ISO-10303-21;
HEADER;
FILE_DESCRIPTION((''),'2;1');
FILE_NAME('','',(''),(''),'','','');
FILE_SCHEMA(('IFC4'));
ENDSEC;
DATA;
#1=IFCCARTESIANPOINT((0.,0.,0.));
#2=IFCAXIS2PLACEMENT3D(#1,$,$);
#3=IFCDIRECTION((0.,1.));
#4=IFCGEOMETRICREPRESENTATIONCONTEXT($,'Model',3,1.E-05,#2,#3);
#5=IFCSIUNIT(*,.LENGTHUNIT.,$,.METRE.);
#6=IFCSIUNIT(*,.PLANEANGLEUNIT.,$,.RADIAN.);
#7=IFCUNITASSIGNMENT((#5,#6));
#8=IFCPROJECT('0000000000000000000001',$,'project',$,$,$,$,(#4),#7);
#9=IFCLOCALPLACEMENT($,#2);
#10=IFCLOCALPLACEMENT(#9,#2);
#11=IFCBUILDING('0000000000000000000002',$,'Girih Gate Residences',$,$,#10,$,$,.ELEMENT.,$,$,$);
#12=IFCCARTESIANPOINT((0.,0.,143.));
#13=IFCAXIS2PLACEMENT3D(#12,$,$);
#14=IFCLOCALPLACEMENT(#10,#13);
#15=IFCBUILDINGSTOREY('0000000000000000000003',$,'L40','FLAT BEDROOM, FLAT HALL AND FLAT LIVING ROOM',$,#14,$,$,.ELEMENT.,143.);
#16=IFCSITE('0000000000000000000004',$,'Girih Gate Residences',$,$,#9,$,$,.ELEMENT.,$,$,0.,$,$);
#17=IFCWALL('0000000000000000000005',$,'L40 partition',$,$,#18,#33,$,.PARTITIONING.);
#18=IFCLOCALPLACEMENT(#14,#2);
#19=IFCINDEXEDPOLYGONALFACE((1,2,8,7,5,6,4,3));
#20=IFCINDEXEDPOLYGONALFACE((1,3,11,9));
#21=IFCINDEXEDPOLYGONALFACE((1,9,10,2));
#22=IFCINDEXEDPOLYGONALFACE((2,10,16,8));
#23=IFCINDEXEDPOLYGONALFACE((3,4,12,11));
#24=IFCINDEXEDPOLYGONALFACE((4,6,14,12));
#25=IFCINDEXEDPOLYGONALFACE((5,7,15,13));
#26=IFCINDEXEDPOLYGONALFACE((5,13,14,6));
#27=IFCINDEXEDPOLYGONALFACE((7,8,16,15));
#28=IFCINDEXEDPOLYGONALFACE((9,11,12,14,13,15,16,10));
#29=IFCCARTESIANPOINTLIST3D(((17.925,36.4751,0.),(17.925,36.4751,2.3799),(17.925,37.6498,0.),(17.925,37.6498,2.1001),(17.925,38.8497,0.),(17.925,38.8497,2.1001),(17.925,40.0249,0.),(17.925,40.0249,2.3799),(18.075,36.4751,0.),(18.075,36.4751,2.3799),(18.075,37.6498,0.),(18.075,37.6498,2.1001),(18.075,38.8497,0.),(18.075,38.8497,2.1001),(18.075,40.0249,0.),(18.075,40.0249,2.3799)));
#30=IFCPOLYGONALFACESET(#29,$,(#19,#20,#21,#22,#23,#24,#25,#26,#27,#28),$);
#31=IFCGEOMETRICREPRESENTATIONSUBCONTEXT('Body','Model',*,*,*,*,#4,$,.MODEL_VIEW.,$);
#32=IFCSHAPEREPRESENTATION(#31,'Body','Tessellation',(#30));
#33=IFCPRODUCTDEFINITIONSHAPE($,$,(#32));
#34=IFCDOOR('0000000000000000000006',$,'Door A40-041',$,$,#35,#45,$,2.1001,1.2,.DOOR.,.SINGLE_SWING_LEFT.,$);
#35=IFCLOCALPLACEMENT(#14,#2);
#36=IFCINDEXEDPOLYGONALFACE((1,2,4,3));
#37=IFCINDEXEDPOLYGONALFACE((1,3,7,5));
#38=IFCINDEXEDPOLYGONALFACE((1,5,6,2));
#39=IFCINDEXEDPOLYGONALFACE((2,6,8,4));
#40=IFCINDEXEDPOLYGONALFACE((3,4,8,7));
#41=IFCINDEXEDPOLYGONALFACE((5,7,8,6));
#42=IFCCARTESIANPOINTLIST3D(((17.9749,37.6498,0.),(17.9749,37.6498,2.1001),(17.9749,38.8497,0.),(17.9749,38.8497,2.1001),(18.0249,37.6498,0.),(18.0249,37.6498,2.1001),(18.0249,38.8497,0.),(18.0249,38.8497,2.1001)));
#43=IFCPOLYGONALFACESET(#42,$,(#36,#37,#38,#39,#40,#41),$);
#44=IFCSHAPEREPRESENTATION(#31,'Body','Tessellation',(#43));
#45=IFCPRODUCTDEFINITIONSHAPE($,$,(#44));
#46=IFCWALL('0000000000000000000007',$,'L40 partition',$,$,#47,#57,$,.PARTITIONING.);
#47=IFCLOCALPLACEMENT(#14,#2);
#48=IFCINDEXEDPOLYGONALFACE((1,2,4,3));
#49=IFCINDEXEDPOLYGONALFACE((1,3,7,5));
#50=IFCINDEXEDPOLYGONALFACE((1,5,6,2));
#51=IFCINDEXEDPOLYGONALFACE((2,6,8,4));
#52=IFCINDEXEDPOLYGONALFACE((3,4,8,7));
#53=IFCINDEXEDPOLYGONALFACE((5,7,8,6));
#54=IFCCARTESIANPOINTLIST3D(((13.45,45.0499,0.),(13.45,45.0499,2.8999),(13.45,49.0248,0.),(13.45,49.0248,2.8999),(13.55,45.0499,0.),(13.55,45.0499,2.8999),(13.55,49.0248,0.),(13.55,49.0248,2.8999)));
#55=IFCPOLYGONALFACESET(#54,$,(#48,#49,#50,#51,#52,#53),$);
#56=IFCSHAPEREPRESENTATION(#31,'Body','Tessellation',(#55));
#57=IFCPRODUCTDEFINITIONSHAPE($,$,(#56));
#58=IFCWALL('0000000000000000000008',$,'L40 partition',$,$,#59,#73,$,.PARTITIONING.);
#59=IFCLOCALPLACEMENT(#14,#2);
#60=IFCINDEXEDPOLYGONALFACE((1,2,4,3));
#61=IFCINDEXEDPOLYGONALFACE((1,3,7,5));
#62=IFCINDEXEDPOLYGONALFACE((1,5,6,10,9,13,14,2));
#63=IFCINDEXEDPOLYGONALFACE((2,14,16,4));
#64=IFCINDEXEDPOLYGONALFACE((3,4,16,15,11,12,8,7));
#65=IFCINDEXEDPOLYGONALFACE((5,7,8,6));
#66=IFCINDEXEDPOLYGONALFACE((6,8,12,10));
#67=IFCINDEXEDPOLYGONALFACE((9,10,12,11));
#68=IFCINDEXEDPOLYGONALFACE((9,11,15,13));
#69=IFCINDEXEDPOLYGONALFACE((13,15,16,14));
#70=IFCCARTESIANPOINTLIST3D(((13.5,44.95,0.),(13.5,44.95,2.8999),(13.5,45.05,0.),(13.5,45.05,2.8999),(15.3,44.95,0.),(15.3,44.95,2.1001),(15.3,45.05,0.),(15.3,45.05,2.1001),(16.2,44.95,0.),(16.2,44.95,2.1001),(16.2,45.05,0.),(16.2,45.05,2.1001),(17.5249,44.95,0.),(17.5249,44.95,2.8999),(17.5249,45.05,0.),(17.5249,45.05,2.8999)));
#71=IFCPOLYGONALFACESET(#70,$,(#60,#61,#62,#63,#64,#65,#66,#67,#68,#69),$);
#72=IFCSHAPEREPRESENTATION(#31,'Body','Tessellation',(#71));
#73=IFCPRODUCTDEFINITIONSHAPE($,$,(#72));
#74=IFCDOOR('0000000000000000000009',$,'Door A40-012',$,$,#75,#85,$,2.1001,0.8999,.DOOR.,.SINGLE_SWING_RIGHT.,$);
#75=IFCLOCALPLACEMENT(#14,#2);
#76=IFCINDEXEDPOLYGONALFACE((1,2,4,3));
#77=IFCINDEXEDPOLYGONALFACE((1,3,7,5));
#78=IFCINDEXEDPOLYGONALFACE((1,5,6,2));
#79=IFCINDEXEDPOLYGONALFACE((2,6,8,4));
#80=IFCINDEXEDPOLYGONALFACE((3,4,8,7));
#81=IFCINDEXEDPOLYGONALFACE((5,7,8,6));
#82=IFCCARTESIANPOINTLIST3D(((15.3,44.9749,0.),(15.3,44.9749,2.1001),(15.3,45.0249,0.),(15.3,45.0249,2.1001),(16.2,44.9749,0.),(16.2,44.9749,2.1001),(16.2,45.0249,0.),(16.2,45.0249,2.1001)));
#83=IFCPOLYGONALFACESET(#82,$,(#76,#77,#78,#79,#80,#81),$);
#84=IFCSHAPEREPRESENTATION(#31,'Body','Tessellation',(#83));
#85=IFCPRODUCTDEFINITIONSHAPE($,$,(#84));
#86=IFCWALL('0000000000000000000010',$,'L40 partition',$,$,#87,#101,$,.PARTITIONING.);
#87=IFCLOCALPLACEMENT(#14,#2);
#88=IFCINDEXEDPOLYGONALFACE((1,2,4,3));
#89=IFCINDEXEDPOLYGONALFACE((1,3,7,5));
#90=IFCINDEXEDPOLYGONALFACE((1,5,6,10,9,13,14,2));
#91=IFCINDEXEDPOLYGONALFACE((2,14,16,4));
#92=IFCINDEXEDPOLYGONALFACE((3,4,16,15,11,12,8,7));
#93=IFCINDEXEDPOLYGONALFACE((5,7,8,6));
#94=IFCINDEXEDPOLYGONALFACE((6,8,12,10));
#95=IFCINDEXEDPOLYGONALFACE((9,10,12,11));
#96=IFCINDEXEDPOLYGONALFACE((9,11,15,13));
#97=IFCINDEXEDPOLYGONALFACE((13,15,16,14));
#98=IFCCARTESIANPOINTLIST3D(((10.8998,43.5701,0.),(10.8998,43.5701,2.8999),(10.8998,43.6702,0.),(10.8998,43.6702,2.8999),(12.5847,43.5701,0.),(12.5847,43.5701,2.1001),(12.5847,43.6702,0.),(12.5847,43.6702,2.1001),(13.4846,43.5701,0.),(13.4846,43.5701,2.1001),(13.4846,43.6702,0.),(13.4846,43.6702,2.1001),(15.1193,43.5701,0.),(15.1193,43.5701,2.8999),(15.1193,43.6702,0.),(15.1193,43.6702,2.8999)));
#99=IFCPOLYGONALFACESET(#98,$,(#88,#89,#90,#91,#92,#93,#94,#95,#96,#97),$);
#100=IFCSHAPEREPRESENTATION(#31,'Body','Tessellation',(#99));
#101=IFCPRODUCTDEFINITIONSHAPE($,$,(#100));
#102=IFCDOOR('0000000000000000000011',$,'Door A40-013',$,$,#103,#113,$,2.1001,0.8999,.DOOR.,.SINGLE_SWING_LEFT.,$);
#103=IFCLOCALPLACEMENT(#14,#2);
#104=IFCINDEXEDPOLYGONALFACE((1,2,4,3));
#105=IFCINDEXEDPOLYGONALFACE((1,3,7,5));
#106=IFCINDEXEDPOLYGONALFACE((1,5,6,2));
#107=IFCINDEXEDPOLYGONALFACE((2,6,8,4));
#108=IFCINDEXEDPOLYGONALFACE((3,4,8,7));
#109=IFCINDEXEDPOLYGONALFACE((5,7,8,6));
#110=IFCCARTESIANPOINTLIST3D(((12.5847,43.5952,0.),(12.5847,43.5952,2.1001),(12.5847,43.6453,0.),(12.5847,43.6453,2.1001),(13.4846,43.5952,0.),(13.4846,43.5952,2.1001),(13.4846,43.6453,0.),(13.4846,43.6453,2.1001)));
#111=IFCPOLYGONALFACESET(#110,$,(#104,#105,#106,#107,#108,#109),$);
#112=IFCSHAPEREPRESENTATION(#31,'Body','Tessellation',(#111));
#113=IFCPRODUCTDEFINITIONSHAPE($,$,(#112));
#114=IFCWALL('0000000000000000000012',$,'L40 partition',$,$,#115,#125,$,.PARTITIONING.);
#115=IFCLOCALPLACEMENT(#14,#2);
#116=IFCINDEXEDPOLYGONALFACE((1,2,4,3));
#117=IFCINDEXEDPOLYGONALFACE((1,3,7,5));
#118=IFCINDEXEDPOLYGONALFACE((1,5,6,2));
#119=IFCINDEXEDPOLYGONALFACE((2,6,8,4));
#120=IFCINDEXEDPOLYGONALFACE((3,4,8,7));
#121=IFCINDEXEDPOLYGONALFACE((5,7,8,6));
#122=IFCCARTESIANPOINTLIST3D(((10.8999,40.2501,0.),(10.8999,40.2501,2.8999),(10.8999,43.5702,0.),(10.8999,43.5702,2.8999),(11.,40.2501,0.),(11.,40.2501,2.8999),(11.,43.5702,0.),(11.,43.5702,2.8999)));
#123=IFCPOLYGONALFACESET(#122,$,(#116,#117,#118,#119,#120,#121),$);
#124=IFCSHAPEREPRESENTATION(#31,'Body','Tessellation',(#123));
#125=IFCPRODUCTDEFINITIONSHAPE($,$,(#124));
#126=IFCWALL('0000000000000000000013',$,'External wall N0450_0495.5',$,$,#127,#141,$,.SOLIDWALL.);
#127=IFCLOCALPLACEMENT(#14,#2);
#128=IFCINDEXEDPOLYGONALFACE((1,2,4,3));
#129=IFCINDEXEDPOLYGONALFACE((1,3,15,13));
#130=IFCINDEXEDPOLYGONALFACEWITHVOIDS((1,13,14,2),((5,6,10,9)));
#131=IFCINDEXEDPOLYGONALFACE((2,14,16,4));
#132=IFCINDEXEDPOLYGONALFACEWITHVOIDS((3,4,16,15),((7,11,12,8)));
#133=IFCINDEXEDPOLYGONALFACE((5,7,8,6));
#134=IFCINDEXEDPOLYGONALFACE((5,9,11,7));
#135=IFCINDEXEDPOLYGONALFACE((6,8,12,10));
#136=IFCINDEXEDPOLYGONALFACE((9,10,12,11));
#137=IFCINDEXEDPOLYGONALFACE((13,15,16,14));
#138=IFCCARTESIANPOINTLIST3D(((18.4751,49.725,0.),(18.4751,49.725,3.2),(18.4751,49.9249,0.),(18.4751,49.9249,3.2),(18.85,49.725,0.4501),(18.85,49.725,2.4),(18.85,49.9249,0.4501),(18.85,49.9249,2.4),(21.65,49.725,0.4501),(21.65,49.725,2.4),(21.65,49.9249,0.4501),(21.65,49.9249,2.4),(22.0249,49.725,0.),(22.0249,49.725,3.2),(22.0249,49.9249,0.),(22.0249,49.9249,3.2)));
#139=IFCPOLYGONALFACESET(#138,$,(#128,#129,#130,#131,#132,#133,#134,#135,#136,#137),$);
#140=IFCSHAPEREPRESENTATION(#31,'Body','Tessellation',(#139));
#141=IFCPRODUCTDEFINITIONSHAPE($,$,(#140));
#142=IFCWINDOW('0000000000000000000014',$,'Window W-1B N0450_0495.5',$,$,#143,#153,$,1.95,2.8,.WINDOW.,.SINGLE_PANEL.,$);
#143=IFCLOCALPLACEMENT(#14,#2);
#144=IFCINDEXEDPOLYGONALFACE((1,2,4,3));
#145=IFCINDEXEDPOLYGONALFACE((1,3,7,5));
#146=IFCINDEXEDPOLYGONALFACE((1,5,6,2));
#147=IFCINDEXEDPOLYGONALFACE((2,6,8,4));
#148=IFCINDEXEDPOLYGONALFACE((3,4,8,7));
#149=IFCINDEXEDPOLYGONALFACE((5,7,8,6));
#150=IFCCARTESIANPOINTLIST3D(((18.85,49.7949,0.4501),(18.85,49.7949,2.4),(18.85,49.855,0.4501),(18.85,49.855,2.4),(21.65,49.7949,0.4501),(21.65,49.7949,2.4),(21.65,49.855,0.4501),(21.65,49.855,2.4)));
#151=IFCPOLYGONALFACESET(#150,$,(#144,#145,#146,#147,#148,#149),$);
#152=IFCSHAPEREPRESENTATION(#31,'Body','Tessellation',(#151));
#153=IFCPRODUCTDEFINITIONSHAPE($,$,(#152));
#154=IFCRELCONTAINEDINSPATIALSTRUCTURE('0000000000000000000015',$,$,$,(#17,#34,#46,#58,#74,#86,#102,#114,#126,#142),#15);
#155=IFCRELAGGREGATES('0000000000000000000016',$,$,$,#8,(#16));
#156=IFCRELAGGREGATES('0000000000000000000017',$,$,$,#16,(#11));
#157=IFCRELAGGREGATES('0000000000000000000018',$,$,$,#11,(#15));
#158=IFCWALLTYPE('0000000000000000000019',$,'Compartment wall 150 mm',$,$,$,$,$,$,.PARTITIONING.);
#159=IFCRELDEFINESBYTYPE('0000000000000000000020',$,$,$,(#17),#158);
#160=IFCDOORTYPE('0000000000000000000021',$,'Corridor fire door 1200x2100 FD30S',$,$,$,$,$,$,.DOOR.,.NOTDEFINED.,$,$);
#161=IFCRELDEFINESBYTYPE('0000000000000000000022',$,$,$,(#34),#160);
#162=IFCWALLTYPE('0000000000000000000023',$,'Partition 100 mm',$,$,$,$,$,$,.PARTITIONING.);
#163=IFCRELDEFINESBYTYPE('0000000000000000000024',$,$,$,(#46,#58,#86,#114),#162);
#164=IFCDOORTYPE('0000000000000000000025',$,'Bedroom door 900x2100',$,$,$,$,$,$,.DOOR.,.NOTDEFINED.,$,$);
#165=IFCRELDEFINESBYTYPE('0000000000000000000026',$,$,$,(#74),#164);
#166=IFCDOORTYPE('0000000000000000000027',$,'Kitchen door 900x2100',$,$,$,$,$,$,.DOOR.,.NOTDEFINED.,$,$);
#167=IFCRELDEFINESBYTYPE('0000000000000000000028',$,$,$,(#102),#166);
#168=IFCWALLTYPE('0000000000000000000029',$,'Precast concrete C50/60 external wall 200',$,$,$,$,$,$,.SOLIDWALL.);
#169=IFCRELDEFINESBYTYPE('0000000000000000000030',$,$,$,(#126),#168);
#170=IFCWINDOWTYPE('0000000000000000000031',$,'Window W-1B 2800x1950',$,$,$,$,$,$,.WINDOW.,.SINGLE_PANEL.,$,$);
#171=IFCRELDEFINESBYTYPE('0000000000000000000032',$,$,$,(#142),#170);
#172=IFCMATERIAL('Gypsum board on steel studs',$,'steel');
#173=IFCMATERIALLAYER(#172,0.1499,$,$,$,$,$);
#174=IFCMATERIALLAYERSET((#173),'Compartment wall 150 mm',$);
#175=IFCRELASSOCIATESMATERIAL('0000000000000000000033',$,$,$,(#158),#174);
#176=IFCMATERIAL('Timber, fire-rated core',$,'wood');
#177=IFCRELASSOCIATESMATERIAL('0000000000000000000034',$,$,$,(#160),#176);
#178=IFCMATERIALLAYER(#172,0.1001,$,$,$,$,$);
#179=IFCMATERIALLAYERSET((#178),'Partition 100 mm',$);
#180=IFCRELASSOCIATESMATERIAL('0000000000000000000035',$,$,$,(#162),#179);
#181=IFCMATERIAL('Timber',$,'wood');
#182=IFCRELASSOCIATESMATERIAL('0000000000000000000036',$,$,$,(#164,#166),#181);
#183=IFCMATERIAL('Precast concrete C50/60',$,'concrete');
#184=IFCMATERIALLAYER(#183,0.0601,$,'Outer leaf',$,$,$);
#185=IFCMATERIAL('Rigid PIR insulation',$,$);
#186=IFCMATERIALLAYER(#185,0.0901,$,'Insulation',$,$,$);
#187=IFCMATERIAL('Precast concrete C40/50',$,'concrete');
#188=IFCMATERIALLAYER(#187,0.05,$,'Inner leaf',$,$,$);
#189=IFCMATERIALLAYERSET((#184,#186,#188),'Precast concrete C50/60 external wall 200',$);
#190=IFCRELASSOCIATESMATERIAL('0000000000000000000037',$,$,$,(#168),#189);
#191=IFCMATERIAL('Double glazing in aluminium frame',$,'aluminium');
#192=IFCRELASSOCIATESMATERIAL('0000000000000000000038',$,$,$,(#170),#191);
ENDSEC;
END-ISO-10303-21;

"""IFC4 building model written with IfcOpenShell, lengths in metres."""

from ifc_helpers import new_model, si_unit, direction, frame, frame_2d, origin, place, context, subcontext, project, spatial, rectangle, extrude, material, layer, layer_set, type_object, element, fill, save


model = new_model("IFC4")

# Units and contexts
model_context = context("Model", 3, precision=1e-05, world=origin(), true_north=direction((0.0, 1.0)))
body_context = subcontext(model_context, "Body", "Model", "MODEL_VIEW")
ifc_project = project(units=[si_unit("LENGTHUNIT", "METRE"), si_unit("PLANEANGLEUNIT", "RADIAN")], contexts=[model_context])

# Site, building, storey
site_placement = place(None, origin())
site = spatial("IfcSite", under=ifc_project, at=site_placement, Name="Girih Gate Residences", CompositionType="ELEMENT", RefElevation=0.0)
building_placement = place(site_placement, origin())
building = spatial("IfcBuilding", under=site, at=building_placement, Name="Girih Gate Residences", CompositionType="ELEMENT")
storey_placement = place(building_placement, frame((0.0, 0.0, 143.0)))
storey = spatial("IfcBuildingStorey", under=building, at=storey_placement, Name="L40", Description="FLAT BEDROOM, FLAT HALL AND FLAT LIVING ROOM", CompositionType="ELEMENT", Elevation=143.0)

# Shared definitions
ifc_material_1 = material(Name="Gypsum board on steel studs", Category="steel")
ifc_layer_1 = layer(ifc_material_1, 0.1499)
ifc_layer_set_1 = layer_set([ifc_layer_1], Name="Compartment wall 150 mm")
wall_type_1 = type_object("IfcWallType", Name="Compartment wall 150 mm", PredefinedType="PARTITIONING", material=ifc_layer_set_1)

# Wall, opening, door
ifc_material_2 = material(Name="Timber, fire-rated core", Category="wood")
wall_1_placement = place(storey_placement, frame((18.0, 40.0249, 0.0), z_axis=(0.0, 0.0, 1.0), x_axis=(0.0, -1.0, 0.0)))
wall_1 = element("IfcWall", 1, at=wall_1_placement, inside=storey, type_object=wall_type_1, Name="L40 partition", PredefinedType="PARTITIONING", context=body_context, shape_type="SweptSolid", body=[
    extrude(rectangle(XDim=3.5498, YDim=0.1499, at=frame_2d((1.7749, 0.0))), origin(), (0.0, 0.0, 1.0), 2.3799),
])
opening_1_placement = place(wall_1_placement, frame((1.175, 0.0, 0.0)))
opening_1 = element("IfcOpeningElement", 2, at=opening_1_placement, cuts=wall_1, PredefinedType="OPENING", context=body_context, shape_type="SweptSolid", body=[
    extrude(rectangle(XDim=1.2, YDim=2.1001, at=frame_2d((0.6001, 1.05))), frame((0.0, 0.085, 0.0), z_axis=(0.0, -1.0, 0.0), x_axis=(1.0, 0.0, 0.0)), (0.0, 0.0, 1.0), 0.1699),
])
door_type_1 = type_object("IfcDoorType", Name="Corridor fire door 1200x2100 FD30S", OperationType="NOTDEFINED", PredefinedType="DOOR", material=ifc_material_2)
door_1_placement = place(opening_1_placement, origin())
door_1 = element("IfcDoor", 3, at=door_1_placement, inside=storey, type_object=door_type_1, Name="Door A40-041", OperationType="SINGLE_SWING_LEFT", OverallHeight=2.1001, OverallWidth=1.2, PredefinedType="DOOR", context=body_context, shape_type="SweptSolid", body=[
    extrude(rectangle(XDim=1.2, YDim=2.1001, at=frame_2d((0.6001, 1.05))), frame((0.0, 0.0249, 0.0), z_axis=(0.0, -1.0, 0.0), x_axis=(1.0, 0.0, 0.0)), (0.0, 0.0, 1.0), 0.05),
])
fill(opening_1, door_1)

# Wall
ifc_layer_2 = layer(ifc_material_1, 0.1001)
ifc_layer_set_2 = layer_set([ifc_layer_2], Name="Partition 100 mm")
wall_type_2 = type_object("IfcWallType", Name="Partition 100 mm", PredefinedType="PARTITIONING", material=ifc_layer_set_2)
wall_2_placement = place(storey_placement, frame((13.5, 45.05, 0.0), z_axis=(0.0, 0.0, 1.0), x_axis=(0.0, 1.0, 0.0)))
element("IfcWall", 4, at=wall_2_placement, inside=storey, type_object=wall_type_2, Name="L40 partition", PredefinedType="PARTITIONING", context=body_context, shape_type="SweptSolid", body=[
    extrude(rectangle(XDim=3.9749, YDim=0.1001, at=frame_2d((1.9873, 0.0))), origin(), (0.0, 0.0, 1.0), 2.8999),
])

# Walls, openings, doors
wall_3_placement = place(storey_placement, frame((13.5, 45.0, 0.0), z_axis=(0.0, 0.0, 1.0), x_axis=(1.0, 0.0, 0.0)))
wall_3 = element("IfcWall", 5, at=wall_3_placement, inside=storey, type_object=wall_type_2, Name="L40 partition", PredefinedType="PARTITIONING", context=body_context, shape_type="SweptSolid", body=[
    extrude(rectangle(XDim=4.0249, YDim=0.1001, at=frame_2d((2.0125, 0.0))), origin(), (0.0, 0.0, 1.0), 2.8999),
])
opening_2_placement = place(wall_3_placement, frame((1.8, 0.0, 0.0)))
opening_2 = element("IfcOpeningElement", 6, at=opening_2_placement, cuts=wall_3, PredefinedType="OPENING", context=body_context, shape_type="SweptSolid", body=[
    extrude(rectangle(XDim=0.8999, YDim=2.1001, at=frame_2d((0.45, 1.05))), frame((0.0, 0.0601, 0.0), z_axis=(0.0, -1.0, 0.0), x_axis=(1.0, 0.0, 0.0)), (0.0, 0.0, 1.0), 0.1201),
])
ifc_material_3 = material(Name="Timber", Category="wood")
door_type_2 = type_object("IfcDoorType", Name="Bedroom door 900x2100", OperationType="NOTDEFINED", PredefinedType="DOOR", material=ifc_material_3)
door_2_placement = place(opening_2_placement, origin())
door_2 = element("IfcDoor", 7, at=door_2_placement, inside=storey, type_object=door_type_2, Name="Door A40-012", OperationType="SINGLE_SWING_RIGHT", OverallHeight=2.1001, OverallWidth=0.8999, PredefinedType="DOOR", context=body_context, shape_type="SweptSolid", body=[
    extrude(rectangle(XDim=0.8999, YDim=2.1001, at=frame_2d((0.45, 1.05))), frame((0.0, 0.0249, 0.0), z_axis=(0.0, -1.0, 0.0), x_axis=(1.0, 0.0, 0.0)), (0.0, 0.0, 1.0), 0.05),
])
fill(opening_2, door_2)
wall_4_placement = place(storey_placement, frame((15.1194, 43.6201, 0.0), z_axis=(0.0, 0.0, 1.0), x_axis=(-1.0, 0.0, 0.0)))
wall_4 = element("IfcWall", 8, at=wall_4_placement, inside=storey, type_object=wall_type_2, Name="L40 partition", PredefinedType="PARTITIONING", context=body_context, shape_type="SweptSolid", body=[
    extrude(rectangle(XDim=4.2195, YDim=0.1001, at=frame_2d((2.1099, 0.0))), origin(), (0.0, 0.0, 1.0), 2.8999),
])
opening_3_placement = place(wall_4_placement, frame((1.6348, 0.0, 0.0)))
opening_3 = element("IfcOpeningElement", 9, at=opening_3_placement, cuts=wall_4, PredefinedType="OPENING", context=body_context, shape_type="SweptSolid", body=[
    extrude(rectangle(XDim=0.8999, YDim=2.1001, at=frame_2d((0.45, 1.05))), frame((0.0, 0.0601, 0.0), z_axis=(0.0, -1.0, 0.0), x_axis=(1.0, 0.0, 0.0)), (0.0, 0.0, 1.0), 0.1201),
])
door_type_3 = type_object("IfcDoorType", Name="Kitchen door 900x2100", OperationType="NOTDEFINED", PredefinedType="DOOR", material=ifc_material_3)
door_3_placement = place(opening_3_placement, origin())
door_3 = element("IfcDoor", 10, at=door_3_placement, inside=storey, type_object=door_type_3, Name="Door A40-013", OperationType="SINGLE_SWING_LEFT", OverallHeight=2.1001, OverallWidth=0.8999, PredefinedType="DOOR", context=body_context, shape_type="SweptSolid", body=[
    extrude(rectangle(XDim=0.8999, YDim=2.1001, at=frame_2d((0.45, 1.05))), frame((0.0, 0.0249, 0.0), z_axis=(0.0, -1.0, 0.0), x_axis=(1.0, 0.0, 0.0)), (0.0, 0.0, 1.0), 0.05),
])
fill(opening_3, door_3)

# Wall
wall_5_placement = place(storey_placement, frame((10.95, 40.25, 0.0), z_axis=(0.0, 0.0, 1.0), x_axis=(0.0, 1.0, 0.0)))
element("IfcWall", 11, at=wall_5_placement, inside=storey, type_object=wall_type_2, Name="L40 partition", PredefinedType="PARTITIONING", context=body_context, shape_type="SweptSolid", body=[
    extrude(rectangle(XDim=3.3201, YDim=0.1001, at=frame_2d((1.6602, 0.0))), origin(), (0.0, 0.0, 1.0), 2.8999),
])

# Wall, opening, window
ifc_material_4 = material(Name="Precast concrete C50/60", Category="concrete")
ifc_layer_3 = layer(ifc_material_4, 0.0601, Name="Outer leaf")
ifc_material_5 = material(Name="Rigid PIR insulation")
ifc_layer_4 = layer(ifc_material_5, 0.0901, Name="Insulation")
ifc_material_6 = material(Name="Precast concrete C40/50", Category="concrete")
ifc_layer_5 = layer(ifc_material_6, 0.05, Name="Inner leaf")
ifc_layer_set_3 = layer_set([ifc_layer_3, ifc_layer_4, ifc_layer_5], Name="Precast concrete C50/60 external wall 200")
wall_type_3 = type_object("IfcWallType", Name="Precast concrete C50/60 external wall 200", PredefinedType="SOLIDWALL", material=ifc_layer_set_3)
wall_6_placement = place(storey_placement, frame((18.4751, 49.825, 0.0), z_axis=(0.0, 0.0, 1.0), x_axis=(1.0, 0.0, 0.0)))
wall_6 = element("IfcWall", 12, at=wall_6_placement, inside=storey, type_object=wall_type_3, Name="External wall N0450_0495.5", PredefinedType="SOLIDWALL", context=body_context, shape_type="SweptSolid", body=[
    extrude(rectangle(XDim=3.5498, YDim=0.2, at=frame_2d((1.7749, 0.0))), origin(), (0.0, 0.0, 1.0), 3.2),
])
opening_4_placement = place(wall_6_placement, frame((0.375, 0.0, 0.45)))
opening_4 = element("IfcOpeningElement", 13, at=opening_4_placement, cuts=wall_6, PredefinedType="OPENING", context=body_context, shape_type="SweptSolid", body=[
    extrude(rectangle(XDim=2.8, YDim=1.95, at=frame_2d((1.3999, 0.9751))), frame((0.0, 0.1099, 0.0), z_axis=(0.0, -1.0, 0.0), x_axis=(1.0, 0.0, 0.0)), (0.0, 0.0, 1.0), 0.22),
])
ifc_material_7 = material(Name="Double glazing in aluminium frame", Category="aluminium")
window_type = type_object("IfcWindowType", Name="Window W-1B 2800x1950", PartitioningType="SINGLE_PANEL", PredefinedType="WINDOW", material=ifc_material_7)
window_1_placement = place(opening_4_placement, origin())
window_1 = element("IfcWindow", 14, at=window_1_placement, inside=storey, type_object=window_type, Name="Window W-1B N0450_0495.5", OverallHeight=1.95, OverallWidth=2.8, PartitioningType="SINGLE_PANEL", PredefinedType="WINDOW", context=body_context, shape_type="SweptSolid", body=[
    extrude(rectangle(XDim=2.8, YDim=1.95, at=frame_2d((1.3999, 0.9751))), frame((0.0, 0.03, 0.0), z_axis=(0.0, -1.0, 0.0), x_axis=(1.0, 0.0, 0.0)), (0.0, 0.0, 1.0), 0.0601),
])
fill(opening_4, window_1)

save(model, "model.ifc")
